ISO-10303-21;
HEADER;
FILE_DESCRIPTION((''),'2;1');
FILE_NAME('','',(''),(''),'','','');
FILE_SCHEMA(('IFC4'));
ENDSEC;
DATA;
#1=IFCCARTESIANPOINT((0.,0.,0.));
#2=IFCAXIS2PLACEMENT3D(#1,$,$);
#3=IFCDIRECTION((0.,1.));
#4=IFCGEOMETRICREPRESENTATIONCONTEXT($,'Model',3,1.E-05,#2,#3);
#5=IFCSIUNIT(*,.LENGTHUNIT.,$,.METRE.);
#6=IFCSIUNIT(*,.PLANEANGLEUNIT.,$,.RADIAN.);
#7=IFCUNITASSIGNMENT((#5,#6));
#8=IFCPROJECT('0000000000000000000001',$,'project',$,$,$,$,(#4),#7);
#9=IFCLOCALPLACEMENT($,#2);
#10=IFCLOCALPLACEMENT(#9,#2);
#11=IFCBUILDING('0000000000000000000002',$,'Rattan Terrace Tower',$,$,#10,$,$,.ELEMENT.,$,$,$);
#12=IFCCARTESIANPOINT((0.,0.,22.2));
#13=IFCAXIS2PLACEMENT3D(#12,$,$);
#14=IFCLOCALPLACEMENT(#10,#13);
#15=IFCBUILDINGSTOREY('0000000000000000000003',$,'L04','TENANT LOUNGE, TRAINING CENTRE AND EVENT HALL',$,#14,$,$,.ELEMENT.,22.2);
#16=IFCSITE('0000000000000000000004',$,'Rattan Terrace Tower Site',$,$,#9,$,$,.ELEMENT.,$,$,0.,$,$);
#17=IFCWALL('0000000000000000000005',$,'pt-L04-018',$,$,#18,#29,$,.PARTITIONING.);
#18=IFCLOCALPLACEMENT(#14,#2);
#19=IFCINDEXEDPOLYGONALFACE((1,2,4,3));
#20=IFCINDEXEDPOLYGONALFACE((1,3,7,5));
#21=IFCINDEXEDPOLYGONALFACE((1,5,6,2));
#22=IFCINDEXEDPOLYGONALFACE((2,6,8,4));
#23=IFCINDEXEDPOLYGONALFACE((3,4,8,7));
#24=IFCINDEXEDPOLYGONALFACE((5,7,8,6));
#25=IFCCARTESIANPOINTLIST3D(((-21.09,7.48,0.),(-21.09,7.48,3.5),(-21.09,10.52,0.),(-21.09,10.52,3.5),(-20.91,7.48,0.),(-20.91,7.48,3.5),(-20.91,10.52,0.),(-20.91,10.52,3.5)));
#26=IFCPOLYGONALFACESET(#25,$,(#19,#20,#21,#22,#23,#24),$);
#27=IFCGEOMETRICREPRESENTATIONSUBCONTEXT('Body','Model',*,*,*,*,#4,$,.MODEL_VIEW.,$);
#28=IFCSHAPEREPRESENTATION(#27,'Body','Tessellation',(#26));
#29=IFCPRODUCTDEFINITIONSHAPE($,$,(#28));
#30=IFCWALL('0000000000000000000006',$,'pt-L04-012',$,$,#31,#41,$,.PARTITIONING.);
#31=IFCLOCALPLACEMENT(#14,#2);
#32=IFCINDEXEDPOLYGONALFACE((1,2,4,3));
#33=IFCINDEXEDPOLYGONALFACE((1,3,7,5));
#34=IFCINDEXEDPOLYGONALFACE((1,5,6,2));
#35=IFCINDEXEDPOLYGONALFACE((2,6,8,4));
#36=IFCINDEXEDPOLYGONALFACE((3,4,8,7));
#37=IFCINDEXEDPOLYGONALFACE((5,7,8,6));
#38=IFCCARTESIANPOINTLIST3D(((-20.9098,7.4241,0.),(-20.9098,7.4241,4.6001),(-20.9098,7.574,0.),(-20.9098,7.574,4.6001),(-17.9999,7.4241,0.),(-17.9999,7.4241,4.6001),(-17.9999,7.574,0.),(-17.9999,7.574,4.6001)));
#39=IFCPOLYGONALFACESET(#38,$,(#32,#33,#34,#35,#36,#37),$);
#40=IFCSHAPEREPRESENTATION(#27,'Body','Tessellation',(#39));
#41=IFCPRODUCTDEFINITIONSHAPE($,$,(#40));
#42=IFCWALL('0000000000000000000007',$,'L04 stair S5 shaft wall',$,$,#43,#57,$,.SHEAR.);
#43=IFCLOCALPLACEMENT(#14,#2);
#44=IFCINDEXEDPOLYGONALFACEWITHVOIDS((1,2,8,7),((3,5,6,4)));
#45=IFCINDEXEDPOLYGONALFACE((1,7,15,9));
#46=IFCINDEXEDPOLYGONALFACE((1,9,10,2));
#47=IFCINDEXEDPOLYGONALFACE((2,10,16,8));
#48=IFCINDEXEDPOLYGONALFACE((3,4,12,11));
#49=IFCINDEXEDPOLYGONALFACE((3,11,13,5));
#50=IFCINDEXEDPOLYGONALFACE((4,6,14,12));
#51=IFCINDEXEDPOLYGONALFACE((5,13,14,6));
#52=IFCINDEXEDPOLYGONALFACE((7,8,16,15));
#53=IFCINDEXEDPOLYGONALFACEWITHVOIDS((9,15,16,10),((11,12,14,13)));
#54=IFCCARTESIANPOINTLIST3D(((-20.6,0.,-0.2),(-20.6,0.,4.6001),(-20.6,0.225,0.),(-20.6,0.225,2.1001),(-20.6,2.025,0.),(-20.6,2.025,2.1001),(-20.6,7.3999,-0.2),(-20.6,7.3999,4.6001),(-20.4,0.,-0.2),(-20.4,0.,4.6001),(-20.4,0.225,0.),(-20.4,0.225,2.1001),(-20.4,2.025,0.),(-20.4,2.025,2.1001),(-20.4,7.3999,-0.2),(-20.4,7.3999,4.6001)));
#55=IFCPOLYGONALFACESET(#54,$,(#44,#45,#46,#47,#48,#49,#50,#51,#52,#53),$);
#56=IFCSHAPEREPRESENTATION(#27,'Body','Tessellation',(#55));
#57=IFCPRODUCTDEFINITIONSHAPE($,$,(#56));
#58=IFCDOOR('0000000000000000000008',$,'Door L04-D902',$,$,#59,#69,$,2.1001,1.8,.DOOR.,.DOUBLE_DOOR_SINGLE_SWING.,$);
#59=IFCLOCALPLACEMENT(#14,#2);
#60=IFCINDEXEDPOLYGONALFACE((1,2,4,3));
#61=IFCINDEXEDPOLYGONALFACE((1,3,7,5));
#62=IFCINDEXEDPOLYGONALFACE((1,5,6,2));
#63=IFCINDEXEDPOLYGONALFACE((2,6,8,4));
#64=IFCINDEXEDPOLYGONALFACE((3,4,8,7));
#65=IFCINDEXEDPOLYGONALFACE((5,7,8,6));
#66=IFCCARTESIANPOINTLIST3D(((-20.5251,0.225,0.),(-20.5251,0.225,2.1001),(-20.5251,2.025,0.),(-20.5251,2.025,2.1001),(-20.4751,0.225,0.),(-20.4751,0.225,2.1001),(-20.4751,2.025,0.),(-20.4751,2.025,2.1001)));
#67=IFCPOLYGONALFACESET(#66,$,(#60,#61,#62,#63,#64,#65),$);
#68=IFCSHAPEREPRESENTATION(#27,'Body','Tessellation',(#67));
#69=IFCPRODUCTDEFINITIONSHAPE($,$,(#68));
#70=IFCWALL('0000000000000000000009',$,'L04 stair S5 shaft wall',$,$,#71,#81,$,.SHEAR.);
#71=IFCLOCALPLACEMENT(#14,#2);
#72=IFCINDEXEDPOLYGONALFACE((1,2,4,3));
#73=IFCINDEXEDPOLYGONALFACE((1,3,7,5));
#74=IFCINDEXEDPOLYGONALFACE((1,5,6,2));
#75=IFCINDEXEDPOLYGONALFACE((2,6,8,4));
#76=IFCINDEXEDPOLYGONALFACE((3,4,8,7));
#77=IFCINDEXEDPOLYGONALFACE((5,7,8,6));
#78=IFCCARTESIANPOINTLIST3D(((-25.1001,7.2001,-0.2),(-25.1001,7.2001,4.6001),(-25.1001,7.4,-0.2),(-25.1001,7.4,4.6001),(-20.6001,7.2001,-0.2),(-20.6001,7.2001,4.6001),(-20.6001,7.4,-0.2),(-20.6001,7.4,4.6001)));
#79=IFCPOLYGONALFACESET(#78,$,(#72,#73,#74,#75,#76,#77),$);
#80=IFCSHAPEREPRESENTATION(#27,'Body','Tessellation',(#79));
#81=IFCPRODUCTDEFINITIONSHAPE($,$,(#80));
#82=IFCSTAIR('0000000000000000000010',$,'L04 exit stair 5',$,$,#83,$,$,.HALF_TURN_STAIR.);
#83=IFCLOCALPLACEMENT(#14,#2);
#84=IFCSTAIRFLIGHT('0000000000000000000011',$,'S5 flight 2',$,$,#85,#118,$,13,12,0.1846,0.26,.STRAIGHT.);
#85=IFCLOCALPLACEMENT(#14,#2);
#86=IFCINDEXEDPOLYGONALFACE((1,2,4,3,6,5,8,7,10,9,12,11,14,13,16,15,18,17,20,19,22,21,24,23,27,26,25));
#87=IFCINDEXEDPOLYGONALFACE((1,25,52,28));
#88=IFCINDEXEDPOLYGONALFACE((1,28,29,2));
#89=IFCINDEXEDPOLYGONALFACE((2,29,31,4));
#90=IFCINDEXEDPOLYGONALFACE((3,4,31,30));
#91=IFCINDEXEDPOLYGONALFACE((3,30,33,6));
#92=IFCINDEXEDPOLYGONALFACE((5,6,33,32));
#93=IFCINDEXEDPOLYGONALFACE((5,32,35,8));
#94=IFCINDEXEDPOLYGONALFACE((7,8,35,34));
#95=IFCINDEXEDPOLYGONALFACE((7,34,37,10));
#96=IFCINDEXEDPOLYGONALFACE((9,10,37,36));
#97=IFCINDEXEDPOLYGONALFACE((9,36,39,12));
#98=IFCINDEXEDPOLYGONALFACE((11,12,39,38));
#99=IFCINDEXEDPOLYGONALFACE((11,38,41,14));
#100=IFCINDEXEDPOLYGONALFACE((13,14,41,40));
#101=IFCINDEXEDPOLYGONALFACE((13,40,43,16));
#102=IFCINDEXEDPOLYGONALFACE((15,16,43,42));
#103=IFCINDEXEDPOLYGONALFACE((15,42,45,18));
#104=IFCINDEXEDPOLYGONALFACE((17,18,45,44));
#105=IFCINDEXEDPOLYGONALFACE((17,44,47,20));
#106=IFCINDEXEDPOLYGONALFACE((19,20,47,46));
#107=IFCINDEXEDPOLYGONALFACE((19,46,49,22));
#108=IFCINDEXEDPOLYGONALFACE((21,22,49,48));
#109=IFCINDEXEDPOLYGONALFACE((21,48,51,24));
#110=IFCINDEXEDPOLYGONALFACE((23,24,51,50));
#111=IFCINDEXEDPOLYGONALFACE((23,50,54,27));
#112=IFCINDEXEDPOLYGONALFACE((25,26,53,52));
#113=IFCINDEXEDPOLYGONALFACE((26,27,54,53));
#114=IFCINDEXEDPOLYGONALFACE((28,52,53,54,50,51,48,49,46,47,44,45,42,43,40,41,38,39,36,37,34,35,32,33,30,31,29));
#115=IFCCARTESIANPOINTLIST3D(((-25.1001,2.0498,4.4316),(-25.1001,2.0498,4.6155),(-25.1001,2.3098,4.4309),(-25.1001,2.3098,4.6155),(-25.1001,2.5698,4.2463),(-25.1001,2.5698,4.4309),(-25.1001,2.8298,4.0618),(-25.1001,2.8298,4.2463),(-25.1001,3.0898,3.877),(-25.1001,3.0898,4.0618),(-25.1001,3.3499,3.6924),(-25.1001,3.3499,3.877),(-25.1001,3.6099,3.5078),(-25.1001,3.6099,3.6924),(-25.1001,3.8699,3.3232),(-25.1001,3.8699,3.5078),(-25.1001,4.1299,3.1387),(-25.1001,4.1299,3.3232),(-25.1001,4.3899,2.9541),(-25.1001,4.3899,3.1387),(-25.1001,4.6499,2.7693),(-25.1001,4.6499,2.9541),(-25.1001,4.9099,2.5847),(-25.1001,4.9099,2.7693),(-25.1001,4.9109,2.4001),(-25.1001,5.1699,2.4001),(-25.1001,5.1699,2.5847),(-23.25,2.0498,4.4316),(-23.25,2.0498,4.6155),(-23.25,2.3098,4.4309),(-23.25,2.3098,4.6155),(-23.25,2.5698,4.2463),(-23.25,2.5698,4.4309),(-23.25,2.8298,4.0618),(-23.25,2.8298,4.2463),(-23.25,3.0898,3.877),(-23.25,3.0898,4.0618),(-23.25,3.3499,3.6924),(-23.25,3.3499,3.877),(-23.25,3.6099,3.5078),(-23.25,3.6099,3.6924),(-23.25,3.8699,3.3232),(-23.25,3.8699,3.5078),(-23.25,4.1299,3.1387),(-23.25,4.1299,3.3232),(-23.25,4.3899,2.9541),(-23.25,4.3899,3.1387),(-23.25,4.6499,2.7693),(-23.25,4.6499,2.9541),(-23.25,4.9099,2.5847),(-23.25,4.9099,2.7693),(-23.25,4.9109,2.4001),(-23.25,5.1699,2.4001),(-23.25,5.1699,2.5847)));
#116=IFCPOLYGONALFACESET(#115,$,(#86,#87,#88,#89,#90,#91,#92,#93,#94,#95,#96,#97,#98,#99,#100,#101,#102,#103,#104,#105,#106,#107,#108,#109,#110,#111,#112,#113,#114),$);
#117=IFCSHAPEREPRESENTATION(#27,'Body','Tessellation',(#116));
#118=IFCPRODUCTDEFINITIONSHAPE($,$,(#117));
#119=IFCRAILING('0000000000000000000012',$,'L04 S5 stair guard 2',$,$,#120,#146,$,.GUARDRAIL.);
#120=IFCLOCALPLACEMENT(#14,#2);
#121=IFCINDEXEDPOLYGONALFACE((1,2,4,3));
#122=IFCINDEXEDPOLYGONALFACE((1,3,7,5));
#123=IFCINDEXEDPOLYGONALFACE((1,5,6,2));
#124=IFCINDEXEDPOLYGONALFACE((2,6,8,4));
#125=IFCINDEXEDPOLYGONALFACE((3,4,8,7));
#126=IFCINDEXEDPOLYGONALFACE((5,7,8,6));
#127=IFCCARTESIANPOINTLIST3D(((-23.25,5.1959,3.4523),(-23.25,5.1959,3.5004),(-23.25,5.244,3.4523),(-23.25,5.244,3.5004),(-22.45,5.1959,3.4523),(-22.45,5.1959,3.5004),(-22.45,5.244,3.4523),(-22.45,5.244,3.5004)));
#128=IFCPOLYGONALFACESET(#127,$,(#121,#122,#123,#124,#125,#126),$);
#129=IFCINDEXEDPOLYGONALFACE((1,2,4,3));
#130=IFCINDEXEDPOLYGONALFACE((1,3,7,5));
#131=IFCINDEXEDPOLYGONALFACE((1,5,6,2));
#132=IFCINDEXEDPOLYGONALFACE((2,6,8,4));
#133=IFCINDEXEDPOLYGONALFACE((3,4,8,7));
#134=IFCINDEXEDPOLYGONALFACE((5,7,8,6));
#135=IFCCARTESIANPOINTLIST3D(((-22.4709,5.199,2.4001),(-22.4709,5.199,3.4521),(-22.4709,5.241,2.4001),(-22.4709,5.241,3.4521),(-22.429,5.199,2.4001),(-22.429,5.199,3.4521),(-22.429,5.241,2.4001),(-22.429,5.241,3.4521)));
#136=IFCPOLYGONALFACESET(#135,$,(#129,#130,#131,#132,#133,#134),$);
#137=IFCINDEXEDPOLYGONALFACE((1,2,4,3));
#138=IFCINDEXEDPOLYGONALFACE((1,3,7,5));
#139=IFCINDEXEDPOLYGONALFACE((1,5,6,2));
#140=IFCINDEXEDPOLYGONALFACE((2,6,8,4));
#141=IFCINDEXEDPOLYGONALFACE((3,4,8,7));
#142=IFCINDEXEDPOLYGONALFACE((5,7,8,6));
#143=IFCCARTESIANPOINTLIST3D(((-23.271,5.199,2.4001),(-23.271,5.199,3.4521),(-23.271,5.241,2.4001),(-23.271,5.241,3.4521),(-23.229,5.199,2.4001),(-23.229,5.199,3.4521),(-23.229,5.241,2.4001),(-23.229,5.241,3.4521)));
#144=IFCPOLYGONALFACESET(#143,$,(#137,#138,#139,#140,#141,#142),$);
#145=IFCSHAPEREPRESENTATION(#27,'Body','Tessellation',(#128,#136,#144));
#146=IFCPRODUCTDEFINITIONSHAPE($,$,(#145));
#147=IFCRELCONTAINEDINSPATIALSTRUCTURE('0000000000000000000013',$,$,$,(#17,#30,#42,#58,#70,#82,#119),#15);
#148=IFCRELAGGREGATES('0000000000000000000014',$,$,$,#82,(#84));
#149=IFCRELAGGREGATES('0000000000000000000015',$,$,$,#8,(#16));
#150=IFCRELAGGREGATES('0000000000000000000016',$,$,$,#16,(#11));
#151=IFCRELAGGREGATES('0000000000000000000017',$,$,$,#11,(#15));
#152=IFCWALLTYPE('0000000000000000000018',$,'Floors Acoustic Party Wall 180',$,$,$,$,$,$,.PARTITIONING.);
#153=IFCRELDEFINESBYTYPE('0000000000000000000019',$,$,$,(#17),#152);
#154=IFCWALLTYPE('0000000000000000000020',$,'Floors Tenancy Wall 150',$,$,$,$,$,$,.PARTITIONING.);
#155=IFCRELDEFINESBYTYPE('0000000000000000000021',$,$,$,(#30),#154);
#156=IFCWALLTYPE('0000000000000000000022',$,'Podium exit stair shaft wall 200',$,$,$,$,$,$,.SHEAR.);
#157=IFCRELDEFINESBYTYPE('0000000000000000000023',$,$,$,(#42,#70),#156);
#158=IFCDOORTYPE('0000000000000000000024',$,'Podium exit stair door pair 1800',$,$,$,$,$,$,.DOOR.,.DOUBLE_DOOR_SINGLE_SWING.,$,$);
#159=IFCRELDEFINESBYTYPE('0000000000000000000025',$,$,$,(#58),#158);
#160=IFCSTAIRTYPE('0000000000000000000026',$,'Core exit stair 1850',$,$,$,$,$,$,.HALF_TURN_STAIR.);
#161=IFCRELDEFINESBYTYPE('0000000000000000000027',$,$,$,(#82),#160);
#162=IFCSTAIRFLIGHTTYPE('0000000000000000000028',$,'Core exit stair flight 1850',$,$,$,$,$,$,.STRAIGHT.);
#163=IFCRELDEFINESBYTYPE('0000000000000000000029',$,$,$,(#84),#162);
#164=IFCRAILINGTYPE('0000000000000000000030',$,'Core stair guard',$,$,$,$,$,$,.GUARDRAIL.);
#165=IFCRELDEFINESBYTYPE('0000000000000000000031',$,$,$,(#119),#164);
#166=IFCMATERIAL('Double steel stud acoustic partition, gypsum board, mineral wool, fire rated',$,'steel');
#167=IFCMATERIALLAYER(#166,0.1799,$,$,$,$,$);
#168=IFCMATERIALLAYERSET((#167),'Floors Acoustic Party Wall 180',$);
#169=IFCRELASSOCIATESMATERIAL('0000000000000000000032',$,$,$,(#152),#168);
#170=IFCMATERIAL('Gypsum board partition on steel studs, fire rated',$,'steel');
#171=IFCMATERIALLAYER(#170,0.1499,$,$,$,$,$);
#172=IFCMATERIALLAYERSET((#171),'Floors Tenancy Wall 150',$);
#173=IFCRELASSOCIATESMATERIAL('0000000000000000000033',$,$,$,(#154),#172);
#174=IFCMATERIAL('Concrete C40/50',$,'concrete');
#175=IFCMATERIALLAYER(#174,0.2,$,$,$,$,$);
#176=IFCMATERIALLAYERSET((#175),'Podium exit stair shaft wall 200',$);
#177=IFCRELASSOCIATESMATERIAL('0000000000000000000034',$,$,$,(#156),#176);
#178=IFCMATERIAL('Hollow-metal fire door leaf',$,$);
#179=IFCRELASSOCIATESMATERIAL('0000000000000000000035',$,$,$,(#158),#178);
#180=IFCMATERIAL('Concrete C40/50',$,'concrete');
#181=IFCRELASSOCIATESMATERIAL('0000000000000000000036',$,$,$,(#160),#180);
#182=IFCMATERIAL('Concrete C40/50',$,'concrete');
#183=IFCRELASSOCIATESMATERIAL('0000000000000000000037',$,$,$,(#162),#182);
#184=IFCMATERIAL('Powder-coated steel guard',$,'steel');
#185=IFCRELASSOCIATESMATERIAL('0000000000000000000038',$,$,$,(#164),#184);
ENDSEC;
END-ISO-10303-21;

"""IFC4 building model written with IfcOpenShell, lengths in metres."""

from ifc_helpers import new_model, si_unit, direction, frame, frame_2d, origin, origin_2d, place, context, subcontext, project, spatial, polyline, rectangle, outline, extrude, material, layer, layer_set, type_object, element, fill, aggregate, save


model = new_model("IFC4")

# Units and contexts
model_context = context("Model", 3, precision=1e-05, world=origin(), true_north=direction((0.0, 1.0)))
body_context = subcontext(model_context, "Body", "Model", "MODEL_VIEW")
ifc_project = project(units=[si_unit("LENGTHUNIT", "METRE"), si_unit("PLANEANGLEUNIT", "RADIAN")], contexts=[model_context])

# Site, building, storey
site_placement = place(None, origin())
site = spatial("IfcSite", under=ifc_project, at=site_placement, Name="Rattan Terrace Tower Site", CompositionType="ELEMENT", RefElevation=0.0)
building_placement = place(site_placement, origin())
building = spatial("IfcBuilding", under=site, at=building_placement, Name="Rattan Terrace Tower", CompositionType="ELEMENT")
storey_placement = place(building_placement, frame((0.0, 0.0, 22.2)))
storey = spatial("IfcBuildingStorey", under=building, at=storey_placement, Name="L04", Description="TENANT LOUNGE, TRAINING CENTRE AND EVENT HALL", CompositionType="ELEMENT", Elevation=22.2)

# Walls
ifc_material_1 = material(Name="Double steel stud acoustic partition, gypsum board, mineral wool, fire rated", Category="steel")
ifc_layer_1 = layer(ifc_material_1, 0.1799)
ifc_layer_set_1 = layer_set([ifc_layer_1], Name="Floors Acoustic Party Wall 180")
wall_type_1 = type_object("IfcWallType", Name="Floors Acoustic Party Wall 180", PredefinedType="PARTITIONING", material=ifc_layer_set_1)
wall_1_placement = place(storey_placement, frame((-21.0, 10.52, 0.0), z_axis=(0.0, 0.0, 1.0), x_axis=(0.0, -1.0, 0.0)))
element("IfcWall", 1, at=wall_1_placement, inside=storey, type_object=wall_type_1, Name="pt-L04-018", PredefinedType="PARTITIONING", context=body_context, shape_type="SweptSolid", body=[
    extrude(rectangle(XDim=3.04, YDim=0.1799, at=frame_2d((1.52, 0.0))), origin(), (0.0, 0.0, 1.0), 3.5),
])
ifc_material_2 = material(Name="Gypsum board partition on steel studs, fire rated", Category="steel")
ifc_layer_2 = layer(ifc_material_2, 0.1499)
ifc_layer_set_2 = layer_set([ifc_layer_2], Name="Floors Tenancy Wall 150")
wall_type_2 = type_object("IfcWallType", Name="Floors Tenancy Wall 150", PredefinedType="PARTITIONING", material=ifc_layer_set_2)
wall_2_placement = place(storey_placement, frame((-20.9099, 7.499, 0.0), z_axis=(0.0, 0.0, 1.0), x_axis=(1.0, 0.0, 0.0)))
element("IfcWall", 2, at=wall_2_placement, inside=storey, type_object=wall_type_2, Name="pt-L04-012", PredefinedType="PARTITIONING", context=body_context, shape_type="SweptSolid", body=[
    extrude(rectangle(XDim=2.9099, YDim=0.1499, at=frame_2d((1.4551, 0.0))), origin(), (0.0, 0.0, 1.0), 4.6001),
])

# Wall, opening, door
ifc_material_3 = material(Name="Concrete C40/50", Category="concrete")
ifc_layer_3 = layer(ifc_material_3, 0.2)
ifc_layer_set_3 = layer_set([ifc_layer_3], Name="Podium exit stair shaft wall 200")
wall_type_3 = type_object("IfcWallType", Name="Podium exit stair shaft wall 200", PredefinedType="SHEAR", material=ifc_layer_set_3)
wall_3_placement = place(storey_placement, frame((-20.5, 7.3999, -0.2), z_axis=(0.0, 0.0, 1.0), x_axis=(0.0, -1.0, 0.0)))
wall_3 = element("IfcWall", 3, at=wall_3_placement, inside=storey, type_object=wall_type_3, Name="L04 stair S5 shaft wall", PredefinedType="SHEAR", context=body_context, shape_type="SweptSolid", body=[
    extrude(rectangle(XDim=7.3999, YDim=0.2, at=frame_2d((3.7, 0.0))), origin(), (0.0, 0.0, 1.0), 4.8),
])
opening_placement = place(wall_3_placement, frame((5.375, 0.0, 0.2)))
opening = element("IfcOpeningElement", 4, at=opening_placement, cuts=wall_3, PredefinedType="OPENING", context=body_context, shape_type="SweptSolid", body=[
    extrude(rectangle(XDim=1.8, YDim=2.1001, at=frame_2d((0.8999, 1.05))), frame((0.0, 0.1106, 0.0), z_axis=(0.0, -1.0, 0.0), x_axis=(1.0, 0.0, 0.0)), (0.0, 0.0, 1.0), 0.2209),
])
ifc_material_4 = material(Name="Hollow-metal fire door leaf")
door_type = type_object("IfcDoorType", Name="Podium exit stair door pair 1800", OperationType="DOUBLE_DOOR_SINGLE_SWING", PredefinedType="DOOR", material=ifc_material_4)
door_placement = place(opening_placement, origin())
door = element("IfcDoor", 5, at=door_placement, inside=storey, type_object=door_type, Name="Door L04-D902", OperationType="DOUBLE_DOOR_SINGLE_SWING", OverallHeight=2.1001, OverallWidth=1.8, PredefinedType="DOOR", context=body_context, shape_type="SweptSolid", body=[
    extrude(rectangle(XDim=1.8, YDim=2.1001, at=frame_2d((0.8999, 1.05))), frame((0.0, 0.0249, 0.0), z_axis=(0.0, -1.0, 0.0), x_axis=(1.0, 0.0, 0.0)), (0.0, 0.0, 1.0), 0.05),
])
fill(opening, door)

# Wall
wall_4_placement = place(storey_placement, frame((-25.1001, 7.3, -0.2), z_axis=(0.0, 0.0, 1.0), x_axis=(1.0, 0.0, 0.0)))
element("IfcWall", 6, at=wall_4_placement, inside=storey, type_object=wall_type_3, Name="L04 stair S5 shaft wall", PredefinedType="SHEAR", context=body_context, shape_type="SweptSolid", body=[
    extrude(rectangle(XDim=4.5, YDim=0.2, at=frame_2d((2.25, 0.0))), origin(), (0.0, 0.0, 1.0), 4.8),
])

# Stair, stair flight
ifc_material_5 = material(Name="Concrete C40/50", Category="concrete")
stair_type = type_object("IfcStairType", Name="Core exit stair 1850", PredefinedType="HALF_TURN_STAIR", material=ifc_material_5)
stair_placement = place(storey_placement, origin())
stair = element("IfcStair", 7, at=stair_placement, inside=storey, type_object=stair_type, Name="L04 exit stair 5", PredefinedType="HALF_TURN_STAIR")
ifc_material_6 = material(Name="Concrete C40/50", Category="concrete")
stair_flight_type = type_object("IfcStairFlightType", Name="Core exit stair flight 1850", PredefinedType="STRAIGHT", material=ifc_material_6)
stair_flight_placement = place(storey_placement, frame((-24.175, 5.1699, 2.4001), z_axis=(0.0, 0.0, 1.0), x_axis=(0.0, -1.0, 0.0)))
stair_flight = element("IfcStairFlight", 8, at=stair_flight_placement, type_object=stair_flight_type, Name="S5 flight 2", NumberOfRisers=13, NumberOfTreads=12, PredefinedType="STRAIGHT", RiserHeight=0.1846, TreadLength=0.26, context=body_context, shape_type="SweptSolid", body=[
    extrude(outline(polyline([(0.0, 0.0), (0.0, 0.1846), (0.26, 0.1846), (0.26, 0.3691), (0.52, 0.3691), (0.52, 0.554), (0.78, 0.554), (0.78, 0.7385), (1.04, 0.7385), (1.04, 0.9231), (1.3, 0.9231), (1.3, 1.1077), (1.5601, 1.1077), (1.5601, 1.2922), (1.8201, 1.2922), (1.8201, 1.4768), (2.0801, 1.4768), (2.0801, 1.6616), (2.3401, 1.6616), (2.3401, 1.8462), (2.6001, 1.8462), (2.6001, 2.0308), (2.8601, 2.0308), (2.8601, 2.2153), (3.1201, 2.2153), (3.1201, 2.3999), (3.1201, 2.0315), (0.259, 0.0), (0.0, 0.0)])), frame((0.0, 0.925, 0.0), z_axis=(0.0, -1.0, 0.0), x_axis=(1.0, 0.0, 0.0)), (0.0, 0.0, 1.0), 1.8501),
])
aggregate(stair, [stair_flight])

# Railing
ifc_material_7 = material(Name="Powder-coated steel guard", Category="steel")
railing_type = type_object("IfcRailingType", Name="Core stair guard", PredefinedType="GUARDRAIL", material=ifc_material_7)
railing_1_placement = place(storey_placement, frame((-22.45, 5.22, 2.4001)))
element("IfcRailing", 9, at=railing_1_placement, inside=storey, type_object=railing_type, Name="L04 S5 stair guard 2", PredefinedType="GUARDRAIL", context=body_context, shape_type="SweptSolid", body=[
    extrude(rectangle(XDim=0.0481, YDim=0.0481, at=origin_2d()), frame((0.0, 0.0, 1.0762), z_axis=(-1.0, 0.0, 0.0), x_axis=(0.0, -1.0, 0.0)), (0.0, 0.0, 1.0), 0.8),
    extrude(rectangle(XDim=0.042, YDim=0.042, at=origin_2d()), origin(), (0.0, 0.0, 1.0), 1.052),
    extrude(rectangle(XDim=0.042, YDim=0.042, at=origin_2d()), frame((-0.8, 0.0, 0.0)), (0.0, 0.0, 1.0), 1.052),
])

save(model, "model.ifc")
